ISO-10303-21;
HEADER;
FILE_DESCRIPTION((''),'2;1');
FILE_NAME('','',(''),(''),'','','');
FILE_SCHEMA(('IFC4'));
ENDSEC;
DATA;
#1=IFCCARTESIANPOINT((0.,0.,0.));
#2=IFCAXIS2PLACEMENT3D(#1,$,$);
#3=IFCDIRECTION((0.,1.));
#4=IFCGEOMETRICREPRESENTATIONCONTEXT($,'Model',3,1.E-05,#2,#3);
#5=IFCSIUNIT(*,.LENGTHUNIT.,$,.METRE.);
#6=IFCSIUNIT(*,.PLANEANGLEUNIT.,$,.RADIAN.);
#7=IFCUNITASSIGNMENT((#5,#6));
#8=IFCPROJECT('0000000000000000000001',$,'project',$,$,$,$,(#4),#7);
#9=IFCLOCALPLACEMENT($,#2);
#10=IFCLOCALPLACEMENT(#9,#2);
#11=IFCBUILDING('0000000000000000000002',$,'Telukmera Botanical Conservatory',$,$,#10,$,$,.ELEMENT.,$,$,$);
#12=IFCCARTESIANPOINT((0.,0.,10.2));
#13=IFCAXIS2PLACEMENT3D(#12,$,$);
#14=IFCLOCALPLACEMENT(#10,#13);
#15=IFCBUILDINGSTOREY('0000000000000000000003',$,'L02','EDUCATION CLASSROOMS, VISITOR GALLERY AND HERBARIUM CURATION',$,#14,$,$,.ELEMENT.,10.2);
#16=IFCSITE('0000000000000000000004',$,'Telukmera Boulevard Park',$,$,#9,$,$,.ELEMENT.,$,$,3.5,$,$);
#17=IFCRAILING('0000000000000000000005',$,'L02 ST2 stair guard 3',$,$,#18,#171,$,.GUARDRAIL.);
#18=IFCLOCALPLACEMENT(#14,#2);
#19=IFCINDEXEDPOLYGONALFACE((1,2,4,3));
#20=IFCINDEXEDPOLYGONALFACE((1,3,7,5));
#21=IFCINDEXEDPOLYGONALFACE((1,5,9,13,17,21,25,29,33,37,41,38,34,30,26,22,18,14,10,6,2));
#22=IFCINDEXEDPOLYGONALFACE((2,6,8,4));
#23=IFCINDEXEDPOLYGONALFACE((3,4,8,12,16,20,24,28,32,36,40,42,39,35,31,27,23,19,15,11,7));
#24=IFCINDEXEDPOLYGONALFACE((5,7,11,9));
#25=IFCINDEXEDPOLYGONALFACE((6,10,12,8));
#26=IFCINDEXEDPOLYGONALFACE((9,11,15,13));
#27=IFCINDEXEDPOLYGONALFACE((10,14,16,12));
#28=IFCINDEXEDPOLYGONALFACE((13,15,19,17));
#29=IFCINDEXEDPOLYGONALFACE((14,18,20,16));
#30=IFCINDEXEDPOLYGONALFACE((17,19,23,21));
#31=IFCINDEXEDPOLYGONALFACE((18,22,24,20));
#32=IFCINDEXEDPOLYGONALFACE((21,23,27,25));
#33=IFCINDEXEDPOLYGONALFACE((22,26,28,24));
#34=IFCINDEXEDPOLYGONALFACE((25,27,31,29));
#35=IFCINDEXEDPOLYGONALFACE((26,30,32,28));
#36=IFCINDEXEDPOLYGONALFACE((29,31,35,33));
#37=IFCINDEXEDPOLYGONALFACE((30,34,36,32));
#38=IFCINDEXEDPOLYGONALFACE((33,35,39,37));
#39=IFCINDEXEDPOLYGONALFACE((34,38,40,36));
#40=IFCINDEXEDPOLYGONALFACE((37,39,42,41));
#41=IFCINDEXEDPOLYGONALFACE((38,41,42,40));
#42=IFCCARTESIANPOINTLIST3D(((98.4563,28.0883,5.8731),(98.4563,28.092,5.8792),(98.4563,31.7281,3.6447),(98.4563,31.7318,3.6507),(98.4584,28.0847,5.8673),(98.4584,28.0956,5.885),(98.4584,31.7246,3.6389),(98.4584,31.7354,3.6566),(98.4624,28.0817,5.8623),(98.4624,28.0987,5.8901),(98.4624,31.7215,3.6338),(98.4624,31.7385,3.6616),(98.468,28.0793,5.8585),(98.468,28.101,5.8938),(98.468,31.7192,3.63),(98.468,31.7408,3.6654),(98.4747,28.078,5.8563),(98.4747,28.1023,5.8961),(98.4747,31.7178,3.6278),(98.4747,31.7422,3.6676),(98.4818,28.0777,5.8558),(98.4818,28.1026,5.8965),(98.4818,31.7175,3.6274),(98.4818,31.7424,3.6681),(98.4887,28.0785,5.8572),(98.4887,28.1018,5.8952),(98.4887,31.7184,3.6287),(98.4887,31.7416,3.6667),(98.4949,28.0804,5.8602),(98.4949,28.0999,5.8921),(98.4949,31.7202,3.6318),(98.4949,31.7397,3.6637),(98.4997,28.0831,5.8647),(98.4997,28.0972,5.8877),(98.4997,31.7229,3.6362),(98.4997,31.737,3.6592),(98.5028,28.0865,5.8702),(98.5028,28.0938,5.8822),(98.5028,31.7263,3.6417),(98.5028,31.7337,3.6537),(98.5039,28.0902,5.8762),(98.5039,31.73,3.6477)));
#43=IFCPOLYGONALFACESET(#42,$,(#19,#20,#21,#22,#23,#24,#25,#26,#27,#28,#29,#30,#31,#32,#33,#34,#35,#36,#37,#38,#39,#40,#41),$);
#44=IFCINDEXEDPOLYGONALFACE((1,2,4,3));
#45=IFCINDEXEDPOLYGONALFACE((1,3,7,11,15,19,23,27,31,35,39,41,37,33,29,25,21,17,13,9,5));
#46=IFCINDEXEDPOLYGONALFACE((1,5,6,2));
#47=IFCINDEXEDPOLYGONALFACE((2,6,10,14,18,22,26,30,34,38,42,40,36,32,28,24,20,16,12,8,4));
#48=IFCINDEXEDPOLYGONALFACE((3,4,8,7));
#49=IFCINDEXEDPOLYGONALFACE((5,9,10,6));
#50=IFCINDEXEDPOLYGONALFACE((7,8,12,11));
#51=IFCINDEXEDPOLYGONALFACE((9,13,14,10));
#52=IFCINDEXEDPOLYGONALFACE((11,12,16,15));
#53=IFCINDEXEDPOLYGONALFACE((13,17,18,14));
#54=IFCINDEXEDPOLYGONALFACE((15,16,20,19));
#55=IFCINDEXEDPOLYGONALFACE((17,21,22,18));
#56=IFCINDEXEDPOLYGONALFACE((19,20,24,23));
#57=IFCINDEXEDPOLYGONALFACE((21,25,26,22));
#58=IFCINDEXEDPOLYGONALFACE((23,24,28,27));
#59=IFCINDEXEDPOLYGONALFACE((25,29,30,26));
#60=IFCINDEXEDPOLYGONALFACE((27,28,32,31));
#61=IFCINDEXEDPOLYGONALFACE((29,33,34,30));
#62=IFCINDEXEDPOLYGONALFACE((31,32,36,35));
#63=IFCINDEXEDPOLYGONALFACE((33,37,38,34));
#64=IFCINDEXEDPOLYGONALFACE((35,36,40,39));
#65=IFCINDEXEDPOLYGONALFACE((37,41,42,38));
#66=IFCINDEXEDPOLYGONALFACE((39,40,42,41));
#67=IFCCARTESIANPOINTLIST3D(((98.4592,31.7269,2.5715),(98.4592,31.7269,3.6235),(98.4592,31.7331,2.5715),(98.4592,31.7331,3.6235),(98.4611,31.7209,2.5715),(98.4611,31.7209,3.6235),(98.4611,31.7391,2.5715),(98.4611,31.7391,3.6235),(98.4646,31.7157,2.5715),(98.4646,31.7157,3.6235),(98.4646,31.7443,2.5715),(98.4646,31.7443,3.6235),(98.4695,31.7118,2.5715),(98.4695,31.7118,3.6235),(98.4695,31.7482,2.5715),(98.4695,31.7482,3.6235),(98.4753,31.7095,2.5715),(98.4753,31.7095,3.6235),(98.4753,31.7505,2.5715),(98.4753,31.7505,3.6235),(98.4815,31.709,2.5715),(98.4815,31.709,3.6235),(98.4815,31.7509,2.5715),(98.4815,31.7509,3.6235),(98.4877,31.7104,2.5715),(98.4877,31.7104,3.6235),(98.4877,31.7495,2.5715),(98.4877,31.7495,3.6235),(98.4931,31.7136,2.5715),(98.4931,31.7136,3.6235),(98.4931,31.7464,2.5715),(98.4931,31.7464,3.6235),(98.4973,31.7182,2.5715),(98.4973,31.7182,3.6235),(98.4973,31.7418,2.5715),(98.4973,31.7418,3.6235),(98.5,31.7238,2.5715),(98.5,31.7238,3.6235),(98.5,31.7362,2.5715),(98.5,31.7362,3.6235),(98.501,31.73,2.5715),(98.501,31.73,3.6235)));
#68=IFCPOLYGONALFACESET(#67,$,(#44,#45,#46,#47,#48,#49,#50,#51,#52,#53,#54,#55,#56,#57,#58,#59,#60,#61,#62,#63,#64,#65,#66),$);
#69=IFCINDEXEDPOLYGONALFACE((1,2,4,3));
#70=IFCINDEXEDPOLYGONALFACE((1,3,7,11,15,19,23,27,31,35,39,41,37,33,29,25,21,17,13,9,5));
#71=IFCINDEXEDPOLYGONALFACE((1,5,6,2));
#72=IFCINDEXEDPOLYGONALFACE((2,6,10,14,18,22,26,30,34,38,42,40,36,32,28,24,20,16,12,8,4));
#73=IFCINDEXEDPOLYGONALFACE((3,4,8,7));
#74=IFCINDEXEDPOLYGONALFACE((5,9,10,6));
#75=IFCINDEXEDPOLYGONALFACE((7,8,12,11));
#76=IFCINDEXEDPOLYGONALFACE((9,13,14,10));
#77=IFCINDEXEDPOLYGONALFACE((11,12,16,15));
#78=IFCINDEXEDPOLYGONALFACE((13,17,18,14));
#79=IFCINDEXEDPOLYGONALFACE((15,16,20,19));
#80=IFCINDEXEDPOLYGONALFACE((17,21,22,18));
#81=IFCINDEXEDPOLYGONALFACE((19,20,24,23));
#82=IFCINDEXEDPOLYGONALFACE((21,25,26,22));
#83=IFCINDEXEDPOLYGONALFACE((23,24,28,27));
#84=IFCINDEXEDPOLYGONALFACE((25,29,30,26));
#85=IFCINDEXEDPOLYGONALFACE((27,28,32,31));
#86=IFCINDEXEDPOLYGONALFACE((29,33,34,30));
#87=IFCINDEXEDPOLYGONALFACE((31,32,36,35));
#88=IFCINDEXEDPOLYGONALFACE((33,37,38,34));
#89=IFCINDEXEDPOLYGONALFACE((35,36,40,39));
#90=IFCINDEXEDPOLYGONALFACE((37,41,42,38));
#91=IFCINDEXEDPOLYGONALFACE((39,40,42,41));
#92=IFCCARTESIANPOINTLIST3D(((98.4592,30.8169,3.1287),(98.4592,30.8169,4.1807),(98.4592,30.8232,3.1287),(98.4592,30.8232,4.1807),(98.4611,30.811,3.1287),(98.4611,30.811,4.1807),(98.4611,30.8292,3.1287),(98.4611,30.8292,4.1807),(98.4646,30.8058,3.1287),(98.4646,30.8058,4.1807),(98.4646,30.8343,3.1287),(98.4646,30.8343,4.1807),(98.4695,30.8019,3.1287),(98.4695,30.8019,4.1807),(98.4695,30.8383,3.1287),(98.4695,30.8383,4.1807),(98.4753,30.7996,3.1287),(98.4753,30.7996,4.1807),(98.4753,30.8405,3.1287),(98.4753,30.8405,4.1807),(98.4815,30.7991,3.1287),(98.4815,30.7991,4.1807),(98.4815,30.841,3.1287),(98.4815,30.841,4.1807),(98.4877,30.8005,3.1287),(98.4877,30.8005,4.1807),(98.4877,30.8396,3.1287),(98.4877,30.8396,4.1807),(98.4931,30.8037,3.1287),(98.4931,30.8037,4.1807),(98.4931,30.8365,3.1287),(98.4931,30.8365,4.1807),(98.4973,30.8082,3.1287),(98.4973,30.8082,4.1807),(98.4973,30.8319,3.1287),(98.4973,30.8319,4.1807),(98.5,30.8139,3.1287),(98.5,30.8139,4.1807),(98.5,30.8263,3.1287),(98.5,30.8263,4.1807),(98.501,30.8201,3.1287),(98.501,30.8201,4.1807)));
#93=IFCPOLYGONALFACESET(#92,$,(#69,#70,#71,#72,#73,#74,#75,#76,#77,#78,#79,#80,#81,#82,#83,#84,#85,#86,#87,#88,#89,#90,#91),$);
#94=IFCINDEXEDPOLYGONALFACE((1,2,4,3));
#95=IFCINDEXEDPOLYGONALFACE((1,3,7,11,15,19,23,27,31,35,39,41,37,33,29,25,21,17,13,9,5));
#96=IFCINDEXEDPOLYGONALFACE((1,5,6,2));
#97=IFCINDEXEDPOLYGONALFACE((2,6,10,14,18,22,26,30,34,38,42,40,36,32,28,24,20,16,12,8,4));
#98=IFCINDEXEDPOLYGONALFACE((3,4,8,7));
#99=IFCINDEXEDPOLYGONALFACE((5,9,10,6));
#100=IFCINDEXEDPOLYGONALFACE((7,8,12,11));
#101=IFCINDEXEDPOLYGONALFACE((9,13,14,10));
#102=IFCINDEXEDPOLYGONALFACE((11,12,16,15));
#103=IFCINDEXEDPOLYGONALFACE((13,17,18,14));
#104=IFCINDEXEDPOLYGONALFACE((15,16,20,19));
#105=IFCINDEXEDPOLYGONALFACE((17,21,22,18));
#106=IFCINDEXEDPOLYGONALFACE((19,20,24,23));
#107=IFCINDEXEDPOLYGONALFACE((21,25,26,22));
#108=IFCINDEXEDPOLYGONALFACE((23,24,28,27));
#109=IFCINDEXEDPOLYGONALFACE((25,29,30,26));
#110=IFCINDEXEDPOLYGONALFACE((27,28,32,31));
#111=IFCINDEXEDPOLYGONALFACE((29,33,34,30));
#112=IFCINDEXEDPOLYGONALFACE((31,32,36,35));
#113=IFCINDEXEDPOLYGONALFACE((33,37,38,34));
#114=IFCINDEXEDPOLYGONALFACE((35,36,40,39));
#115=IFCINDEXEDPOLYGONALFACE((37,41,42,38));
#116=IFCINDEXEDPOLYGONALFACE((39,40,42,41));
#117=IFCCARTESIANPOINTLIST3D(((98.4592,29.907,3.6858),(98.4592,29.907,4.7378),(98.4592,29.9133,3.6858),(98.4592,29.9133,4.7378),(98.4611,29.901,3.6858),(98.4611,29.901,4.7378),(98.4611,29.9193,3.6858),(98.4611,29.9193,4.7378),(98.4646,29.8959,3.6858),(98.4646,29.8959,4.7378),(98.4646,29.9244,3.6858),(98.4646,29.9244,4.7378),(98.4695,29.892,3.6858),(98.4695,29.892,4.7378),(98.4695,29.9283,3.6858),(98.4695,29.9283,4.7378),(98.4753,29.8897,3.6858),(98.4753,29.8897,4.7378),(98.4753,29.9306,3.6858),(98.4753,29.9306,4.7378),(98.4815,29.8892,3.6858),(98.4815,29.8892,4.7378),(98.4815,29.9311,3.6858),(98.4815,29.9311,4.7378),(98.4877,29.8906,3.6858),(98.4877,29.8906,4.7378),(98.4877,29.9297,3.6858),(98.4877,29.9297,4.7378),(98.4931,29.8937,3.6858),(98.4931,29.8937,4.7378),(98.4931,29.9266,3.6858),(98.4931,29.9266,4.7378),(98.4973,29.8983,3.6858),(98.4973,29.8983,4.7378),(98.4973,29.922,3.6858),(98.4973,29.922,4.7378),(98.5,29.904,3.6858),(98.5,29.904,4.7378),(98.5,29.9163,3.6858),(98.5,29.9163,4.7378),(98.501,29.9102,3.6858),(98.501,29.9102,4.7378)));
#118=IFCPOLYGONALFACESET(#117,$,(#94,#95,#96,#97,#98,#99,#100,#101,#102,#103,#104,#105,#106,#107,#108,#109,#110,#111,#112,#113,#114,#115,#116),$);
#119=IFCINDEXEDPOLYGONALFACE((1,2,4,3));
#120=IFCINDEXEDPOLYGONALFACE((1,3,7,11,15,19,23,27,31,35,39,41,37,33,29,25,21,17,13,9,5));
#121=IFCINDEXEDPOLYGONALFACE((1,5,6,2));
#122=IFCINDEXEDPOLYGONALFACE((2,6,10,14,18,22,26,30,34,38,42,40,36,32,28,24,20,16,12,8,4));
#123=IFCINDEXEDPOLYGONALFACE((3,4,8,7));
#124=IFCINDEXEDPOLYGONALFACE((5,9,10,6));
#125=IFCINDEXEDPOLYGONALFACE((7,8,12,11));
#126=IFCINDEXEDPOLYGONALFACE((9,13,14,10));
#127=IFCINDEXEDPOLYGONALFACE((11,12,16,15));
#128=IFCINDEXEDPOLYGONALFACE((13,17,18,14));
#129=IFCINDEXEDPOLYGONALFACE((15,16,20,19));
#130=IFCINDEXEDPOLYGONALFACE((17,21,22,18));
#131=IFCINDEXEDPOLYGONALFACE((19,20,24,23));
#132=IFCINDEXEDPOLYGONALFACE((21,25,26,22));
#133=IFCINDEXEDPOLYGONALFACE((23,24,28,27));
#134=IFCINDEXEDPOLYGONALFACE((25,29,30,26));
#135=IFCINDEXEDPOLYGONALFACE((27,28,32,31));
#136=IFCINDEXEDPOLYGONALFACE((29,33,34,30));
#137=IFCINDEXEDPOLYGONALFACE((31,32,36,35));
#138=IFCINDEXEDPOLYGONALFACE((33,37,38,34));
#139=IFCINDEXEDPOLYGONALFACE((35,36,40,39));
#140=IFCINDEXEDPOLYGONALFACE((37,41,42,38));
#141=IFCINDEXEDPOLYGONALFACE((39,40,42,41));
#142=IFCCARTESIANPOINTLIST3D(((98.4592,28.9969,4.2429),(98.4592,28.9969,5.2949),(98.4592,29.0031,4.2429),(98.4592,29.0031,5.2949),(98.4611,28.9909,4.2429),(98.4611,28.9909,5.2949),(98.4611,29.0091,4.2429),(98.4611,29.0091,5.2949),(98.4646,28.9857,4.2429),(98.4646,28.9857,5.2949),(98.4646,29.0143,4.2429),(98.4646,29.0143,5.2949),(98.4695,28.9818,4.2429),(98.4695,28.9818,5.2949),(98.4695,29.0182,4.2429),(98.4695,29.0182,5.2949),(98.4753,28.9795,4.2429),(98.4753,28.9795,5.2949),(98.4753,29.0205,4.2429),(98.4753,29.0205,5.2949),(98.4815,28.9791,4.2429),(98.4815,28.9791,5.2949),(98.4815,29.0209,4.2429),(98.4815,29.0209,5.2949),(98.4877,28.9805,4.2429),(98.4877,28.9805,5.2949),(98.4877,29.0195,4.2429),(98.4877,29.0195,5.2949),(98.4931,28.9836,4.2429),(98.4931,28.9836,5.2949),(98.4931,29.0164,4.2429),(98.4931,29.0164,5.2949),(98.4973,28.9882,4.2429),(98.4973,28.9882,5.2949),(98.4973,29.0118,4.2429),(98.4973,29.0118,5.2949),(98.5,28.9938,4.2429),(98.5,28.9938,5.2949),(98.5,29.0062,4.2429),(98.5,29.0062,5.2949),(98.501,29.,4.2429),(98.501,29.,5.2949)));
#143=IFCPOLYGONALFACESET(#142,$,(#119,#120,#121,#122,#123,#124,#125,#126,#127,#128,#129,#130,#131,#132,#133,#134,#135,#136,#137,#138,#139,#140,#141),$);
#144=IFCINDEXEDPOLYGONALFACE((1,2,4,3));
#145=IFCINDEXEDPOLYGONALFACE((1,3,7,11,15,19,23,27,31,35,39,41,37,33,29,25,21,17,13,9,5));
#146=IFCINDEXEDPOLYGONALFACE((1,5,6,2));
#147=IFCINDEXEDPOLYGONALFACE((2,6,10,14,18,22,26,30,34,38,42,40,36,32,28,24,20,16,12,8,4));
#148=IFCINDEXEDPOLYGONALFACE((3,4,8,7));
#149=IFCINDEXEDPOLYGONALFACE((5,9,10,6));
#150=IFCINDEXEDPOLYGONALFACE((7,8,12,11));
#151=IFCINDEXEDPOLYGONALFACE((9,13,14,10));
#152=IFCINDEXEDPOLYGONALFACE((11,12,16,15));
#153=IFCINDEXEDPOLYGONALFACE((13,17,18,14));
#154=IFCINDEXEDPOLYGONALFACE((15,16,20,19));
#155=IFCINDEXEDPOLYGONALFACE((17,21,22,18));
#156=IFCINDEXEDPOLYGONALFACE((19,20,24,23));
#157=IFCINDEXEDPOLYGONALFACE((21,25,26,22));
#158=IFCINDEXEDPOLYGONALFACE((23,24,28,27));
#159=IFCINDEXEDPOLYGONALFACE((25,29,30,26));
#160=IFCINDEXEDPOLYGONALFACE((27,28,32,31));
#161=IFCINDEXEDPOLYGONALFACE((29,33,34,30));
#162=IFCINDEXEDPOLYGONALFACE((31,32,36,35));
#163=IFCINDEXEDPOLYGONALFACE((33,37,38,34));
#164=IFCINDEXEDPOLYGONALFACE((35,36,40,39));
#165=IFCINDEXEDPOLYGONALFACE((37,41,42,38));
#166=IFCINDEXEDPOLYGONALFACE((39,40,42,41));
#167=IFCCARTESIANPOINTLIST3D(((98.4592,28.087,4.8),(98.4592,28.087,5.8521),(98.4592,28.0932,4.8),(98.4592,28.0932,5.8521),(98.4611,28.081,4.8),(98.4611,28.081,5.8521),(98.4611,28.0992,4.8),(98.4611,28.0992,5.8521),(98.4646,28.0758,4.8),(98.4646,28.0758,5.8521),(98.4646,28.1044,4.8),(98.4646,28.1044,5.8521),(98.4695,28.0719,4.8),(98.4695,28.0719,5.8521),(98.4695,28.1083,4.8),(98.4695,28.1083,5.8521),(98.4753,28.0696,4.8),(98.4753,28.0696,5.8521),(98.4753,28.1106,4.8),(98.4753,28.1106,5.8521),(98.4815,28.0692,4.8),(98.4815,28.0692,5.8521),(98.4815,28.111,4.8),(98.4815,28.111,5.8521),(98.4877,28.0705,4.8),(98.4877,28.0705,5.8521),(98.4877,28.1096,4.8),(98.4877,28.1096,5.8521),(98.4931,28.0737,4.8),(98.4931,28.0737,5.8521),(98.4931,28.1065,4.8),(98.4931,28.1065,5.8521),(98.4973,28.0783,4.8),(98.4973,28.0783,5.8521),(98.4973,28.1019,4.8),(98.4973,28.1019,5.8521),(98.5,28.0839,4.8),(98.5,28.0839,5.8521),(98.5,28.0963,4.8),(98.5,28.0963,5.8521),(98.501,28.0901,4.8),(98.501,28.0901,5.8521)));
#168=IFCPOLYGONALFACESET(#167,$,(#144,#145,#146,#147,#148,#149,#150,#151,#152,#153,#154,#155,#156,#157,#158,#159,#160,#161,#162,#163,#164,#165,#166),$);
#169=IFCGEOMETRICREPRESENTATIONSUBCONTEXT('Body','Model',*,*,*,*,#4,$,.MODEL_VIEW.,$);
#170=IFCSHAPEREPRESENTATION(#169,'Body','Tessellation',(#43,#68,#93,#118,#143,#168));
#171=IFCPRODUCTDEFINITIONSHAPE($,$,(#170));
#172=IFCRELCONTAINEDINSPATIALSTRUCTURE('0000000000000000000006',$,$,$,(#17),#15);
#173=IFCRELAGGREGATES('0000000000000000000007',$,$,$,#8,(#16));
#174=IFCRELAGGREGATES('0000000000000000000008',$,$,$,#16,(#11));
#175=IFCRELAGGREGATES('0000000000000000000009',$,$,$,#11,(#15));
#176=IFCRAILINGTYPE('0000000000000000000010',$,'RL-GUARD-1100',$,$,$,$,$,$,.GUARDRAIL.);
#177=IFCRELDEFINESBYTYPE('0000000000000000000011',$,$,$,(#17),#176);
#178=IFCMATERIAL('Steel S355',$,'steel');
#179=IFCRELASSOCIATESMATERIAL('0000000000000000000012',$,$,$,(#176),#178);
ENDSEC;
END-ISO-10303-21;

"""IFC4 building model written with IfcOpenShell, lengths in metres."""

from ifc_helpers import new_model, si_unit, direction, frame, origin, origin_2d, place, context, subcontext, project, spatial, circle, extrude, material, type_object, element, save


model = new_model("IFC4")

# Units and contexts
model_context = context("Model", 3, precision=1e-05, world=origin(), true_north=direction((0.0, 1.0)))
body_context = subcontext(model_context, "Body", "Model", "MODEL_VIEW")
ifc_project = project(units=[si_unit("LENGTHUNIT", "METRE"), si_unit("PLANEANGLEUNIT", "RADIAN")], contexts=[model_context])

# Site, building, storey
site_placement = place(None, origin())
site = spatial("IfcSite", under=ifc_project, at=site_placement, Name="Telukmera Boulevard Park", CompositionType="ELEMENT", RefElevation=3.5)
building_placement = place(site_placement, origin())
building = spatial("IfcBuilding", under=site, at=building_placement, Name="Telukmera Botanical Conservatory", CompositionType="ELEMENT")
storey_placement = place(building_placement, frame((0.0, 0.0, 10.2)))
storey = spatial("IfcBuildingStorey", under=building, at=storey_placement, Name="L02", Description="EDUCATION CLASSROOMS, VISITOR GALLERY AND HERBARIUM CURATION", CompositionType="ELEMENT", Elevation=10.2)

# Railing
ifc_material_1 = material(Name="Steel S355", Category="steel")
railing_type_1 = type_object("IfcRailingType", Name="RL-GUARD-1100", PredefinedType="GUARDRAIL", material=ifc_material_1)
railing_1_placement = place(storey_placement, frame((98.48, 31.73, 2.5715)))
element("IfcRailing", 1, at=railing_1_placement, inside=storey, type_object=railing_type_1, Name="L02 ST2 stair guard 3", PredefinedType="GUARDRAIL", context=body_context, shape_type="SweptSolid", body=[
    extrude(circle(Radius=0.0239, at=origin_2d()), frame((0.0, 0.0, 1.0762), z_axis=(0.0, -0.85285, 0.522156), x_axis=(1.0, 0.0, 0.0)), (0.0, 0.0, 1.0), 4.2678),
    extrude(circle(Radius=0.021, at=origin_2d()), origin(), (0.0, 0.0, 1.0), 1.052),
    extrude(circle(Radius=0.021, at=origin_2d()), frame((0.0, -0.9099, 0.5571)), (0.0, 0.0, 1.0), 1.052),
    extrude(circle(Radius=0.021, at=origin_2d()), frame((0.0, -1.8198, 1.1143)), (0.0, 0.0, 1.0), 1.052),
    extrude(circle(Radius=0.021, at=origin_2d()), frame((0.0, -2.73, 1.6714)), (0.0, 0.0, 1.0), 1.052),
    extrude(circle(Radius=0.021, at=origin_2d()), frame((0.0, -3.6399, 2.2285)), (0.0, 0.0, 1.0), 1.052),
])

save(model, "model.ifc")
